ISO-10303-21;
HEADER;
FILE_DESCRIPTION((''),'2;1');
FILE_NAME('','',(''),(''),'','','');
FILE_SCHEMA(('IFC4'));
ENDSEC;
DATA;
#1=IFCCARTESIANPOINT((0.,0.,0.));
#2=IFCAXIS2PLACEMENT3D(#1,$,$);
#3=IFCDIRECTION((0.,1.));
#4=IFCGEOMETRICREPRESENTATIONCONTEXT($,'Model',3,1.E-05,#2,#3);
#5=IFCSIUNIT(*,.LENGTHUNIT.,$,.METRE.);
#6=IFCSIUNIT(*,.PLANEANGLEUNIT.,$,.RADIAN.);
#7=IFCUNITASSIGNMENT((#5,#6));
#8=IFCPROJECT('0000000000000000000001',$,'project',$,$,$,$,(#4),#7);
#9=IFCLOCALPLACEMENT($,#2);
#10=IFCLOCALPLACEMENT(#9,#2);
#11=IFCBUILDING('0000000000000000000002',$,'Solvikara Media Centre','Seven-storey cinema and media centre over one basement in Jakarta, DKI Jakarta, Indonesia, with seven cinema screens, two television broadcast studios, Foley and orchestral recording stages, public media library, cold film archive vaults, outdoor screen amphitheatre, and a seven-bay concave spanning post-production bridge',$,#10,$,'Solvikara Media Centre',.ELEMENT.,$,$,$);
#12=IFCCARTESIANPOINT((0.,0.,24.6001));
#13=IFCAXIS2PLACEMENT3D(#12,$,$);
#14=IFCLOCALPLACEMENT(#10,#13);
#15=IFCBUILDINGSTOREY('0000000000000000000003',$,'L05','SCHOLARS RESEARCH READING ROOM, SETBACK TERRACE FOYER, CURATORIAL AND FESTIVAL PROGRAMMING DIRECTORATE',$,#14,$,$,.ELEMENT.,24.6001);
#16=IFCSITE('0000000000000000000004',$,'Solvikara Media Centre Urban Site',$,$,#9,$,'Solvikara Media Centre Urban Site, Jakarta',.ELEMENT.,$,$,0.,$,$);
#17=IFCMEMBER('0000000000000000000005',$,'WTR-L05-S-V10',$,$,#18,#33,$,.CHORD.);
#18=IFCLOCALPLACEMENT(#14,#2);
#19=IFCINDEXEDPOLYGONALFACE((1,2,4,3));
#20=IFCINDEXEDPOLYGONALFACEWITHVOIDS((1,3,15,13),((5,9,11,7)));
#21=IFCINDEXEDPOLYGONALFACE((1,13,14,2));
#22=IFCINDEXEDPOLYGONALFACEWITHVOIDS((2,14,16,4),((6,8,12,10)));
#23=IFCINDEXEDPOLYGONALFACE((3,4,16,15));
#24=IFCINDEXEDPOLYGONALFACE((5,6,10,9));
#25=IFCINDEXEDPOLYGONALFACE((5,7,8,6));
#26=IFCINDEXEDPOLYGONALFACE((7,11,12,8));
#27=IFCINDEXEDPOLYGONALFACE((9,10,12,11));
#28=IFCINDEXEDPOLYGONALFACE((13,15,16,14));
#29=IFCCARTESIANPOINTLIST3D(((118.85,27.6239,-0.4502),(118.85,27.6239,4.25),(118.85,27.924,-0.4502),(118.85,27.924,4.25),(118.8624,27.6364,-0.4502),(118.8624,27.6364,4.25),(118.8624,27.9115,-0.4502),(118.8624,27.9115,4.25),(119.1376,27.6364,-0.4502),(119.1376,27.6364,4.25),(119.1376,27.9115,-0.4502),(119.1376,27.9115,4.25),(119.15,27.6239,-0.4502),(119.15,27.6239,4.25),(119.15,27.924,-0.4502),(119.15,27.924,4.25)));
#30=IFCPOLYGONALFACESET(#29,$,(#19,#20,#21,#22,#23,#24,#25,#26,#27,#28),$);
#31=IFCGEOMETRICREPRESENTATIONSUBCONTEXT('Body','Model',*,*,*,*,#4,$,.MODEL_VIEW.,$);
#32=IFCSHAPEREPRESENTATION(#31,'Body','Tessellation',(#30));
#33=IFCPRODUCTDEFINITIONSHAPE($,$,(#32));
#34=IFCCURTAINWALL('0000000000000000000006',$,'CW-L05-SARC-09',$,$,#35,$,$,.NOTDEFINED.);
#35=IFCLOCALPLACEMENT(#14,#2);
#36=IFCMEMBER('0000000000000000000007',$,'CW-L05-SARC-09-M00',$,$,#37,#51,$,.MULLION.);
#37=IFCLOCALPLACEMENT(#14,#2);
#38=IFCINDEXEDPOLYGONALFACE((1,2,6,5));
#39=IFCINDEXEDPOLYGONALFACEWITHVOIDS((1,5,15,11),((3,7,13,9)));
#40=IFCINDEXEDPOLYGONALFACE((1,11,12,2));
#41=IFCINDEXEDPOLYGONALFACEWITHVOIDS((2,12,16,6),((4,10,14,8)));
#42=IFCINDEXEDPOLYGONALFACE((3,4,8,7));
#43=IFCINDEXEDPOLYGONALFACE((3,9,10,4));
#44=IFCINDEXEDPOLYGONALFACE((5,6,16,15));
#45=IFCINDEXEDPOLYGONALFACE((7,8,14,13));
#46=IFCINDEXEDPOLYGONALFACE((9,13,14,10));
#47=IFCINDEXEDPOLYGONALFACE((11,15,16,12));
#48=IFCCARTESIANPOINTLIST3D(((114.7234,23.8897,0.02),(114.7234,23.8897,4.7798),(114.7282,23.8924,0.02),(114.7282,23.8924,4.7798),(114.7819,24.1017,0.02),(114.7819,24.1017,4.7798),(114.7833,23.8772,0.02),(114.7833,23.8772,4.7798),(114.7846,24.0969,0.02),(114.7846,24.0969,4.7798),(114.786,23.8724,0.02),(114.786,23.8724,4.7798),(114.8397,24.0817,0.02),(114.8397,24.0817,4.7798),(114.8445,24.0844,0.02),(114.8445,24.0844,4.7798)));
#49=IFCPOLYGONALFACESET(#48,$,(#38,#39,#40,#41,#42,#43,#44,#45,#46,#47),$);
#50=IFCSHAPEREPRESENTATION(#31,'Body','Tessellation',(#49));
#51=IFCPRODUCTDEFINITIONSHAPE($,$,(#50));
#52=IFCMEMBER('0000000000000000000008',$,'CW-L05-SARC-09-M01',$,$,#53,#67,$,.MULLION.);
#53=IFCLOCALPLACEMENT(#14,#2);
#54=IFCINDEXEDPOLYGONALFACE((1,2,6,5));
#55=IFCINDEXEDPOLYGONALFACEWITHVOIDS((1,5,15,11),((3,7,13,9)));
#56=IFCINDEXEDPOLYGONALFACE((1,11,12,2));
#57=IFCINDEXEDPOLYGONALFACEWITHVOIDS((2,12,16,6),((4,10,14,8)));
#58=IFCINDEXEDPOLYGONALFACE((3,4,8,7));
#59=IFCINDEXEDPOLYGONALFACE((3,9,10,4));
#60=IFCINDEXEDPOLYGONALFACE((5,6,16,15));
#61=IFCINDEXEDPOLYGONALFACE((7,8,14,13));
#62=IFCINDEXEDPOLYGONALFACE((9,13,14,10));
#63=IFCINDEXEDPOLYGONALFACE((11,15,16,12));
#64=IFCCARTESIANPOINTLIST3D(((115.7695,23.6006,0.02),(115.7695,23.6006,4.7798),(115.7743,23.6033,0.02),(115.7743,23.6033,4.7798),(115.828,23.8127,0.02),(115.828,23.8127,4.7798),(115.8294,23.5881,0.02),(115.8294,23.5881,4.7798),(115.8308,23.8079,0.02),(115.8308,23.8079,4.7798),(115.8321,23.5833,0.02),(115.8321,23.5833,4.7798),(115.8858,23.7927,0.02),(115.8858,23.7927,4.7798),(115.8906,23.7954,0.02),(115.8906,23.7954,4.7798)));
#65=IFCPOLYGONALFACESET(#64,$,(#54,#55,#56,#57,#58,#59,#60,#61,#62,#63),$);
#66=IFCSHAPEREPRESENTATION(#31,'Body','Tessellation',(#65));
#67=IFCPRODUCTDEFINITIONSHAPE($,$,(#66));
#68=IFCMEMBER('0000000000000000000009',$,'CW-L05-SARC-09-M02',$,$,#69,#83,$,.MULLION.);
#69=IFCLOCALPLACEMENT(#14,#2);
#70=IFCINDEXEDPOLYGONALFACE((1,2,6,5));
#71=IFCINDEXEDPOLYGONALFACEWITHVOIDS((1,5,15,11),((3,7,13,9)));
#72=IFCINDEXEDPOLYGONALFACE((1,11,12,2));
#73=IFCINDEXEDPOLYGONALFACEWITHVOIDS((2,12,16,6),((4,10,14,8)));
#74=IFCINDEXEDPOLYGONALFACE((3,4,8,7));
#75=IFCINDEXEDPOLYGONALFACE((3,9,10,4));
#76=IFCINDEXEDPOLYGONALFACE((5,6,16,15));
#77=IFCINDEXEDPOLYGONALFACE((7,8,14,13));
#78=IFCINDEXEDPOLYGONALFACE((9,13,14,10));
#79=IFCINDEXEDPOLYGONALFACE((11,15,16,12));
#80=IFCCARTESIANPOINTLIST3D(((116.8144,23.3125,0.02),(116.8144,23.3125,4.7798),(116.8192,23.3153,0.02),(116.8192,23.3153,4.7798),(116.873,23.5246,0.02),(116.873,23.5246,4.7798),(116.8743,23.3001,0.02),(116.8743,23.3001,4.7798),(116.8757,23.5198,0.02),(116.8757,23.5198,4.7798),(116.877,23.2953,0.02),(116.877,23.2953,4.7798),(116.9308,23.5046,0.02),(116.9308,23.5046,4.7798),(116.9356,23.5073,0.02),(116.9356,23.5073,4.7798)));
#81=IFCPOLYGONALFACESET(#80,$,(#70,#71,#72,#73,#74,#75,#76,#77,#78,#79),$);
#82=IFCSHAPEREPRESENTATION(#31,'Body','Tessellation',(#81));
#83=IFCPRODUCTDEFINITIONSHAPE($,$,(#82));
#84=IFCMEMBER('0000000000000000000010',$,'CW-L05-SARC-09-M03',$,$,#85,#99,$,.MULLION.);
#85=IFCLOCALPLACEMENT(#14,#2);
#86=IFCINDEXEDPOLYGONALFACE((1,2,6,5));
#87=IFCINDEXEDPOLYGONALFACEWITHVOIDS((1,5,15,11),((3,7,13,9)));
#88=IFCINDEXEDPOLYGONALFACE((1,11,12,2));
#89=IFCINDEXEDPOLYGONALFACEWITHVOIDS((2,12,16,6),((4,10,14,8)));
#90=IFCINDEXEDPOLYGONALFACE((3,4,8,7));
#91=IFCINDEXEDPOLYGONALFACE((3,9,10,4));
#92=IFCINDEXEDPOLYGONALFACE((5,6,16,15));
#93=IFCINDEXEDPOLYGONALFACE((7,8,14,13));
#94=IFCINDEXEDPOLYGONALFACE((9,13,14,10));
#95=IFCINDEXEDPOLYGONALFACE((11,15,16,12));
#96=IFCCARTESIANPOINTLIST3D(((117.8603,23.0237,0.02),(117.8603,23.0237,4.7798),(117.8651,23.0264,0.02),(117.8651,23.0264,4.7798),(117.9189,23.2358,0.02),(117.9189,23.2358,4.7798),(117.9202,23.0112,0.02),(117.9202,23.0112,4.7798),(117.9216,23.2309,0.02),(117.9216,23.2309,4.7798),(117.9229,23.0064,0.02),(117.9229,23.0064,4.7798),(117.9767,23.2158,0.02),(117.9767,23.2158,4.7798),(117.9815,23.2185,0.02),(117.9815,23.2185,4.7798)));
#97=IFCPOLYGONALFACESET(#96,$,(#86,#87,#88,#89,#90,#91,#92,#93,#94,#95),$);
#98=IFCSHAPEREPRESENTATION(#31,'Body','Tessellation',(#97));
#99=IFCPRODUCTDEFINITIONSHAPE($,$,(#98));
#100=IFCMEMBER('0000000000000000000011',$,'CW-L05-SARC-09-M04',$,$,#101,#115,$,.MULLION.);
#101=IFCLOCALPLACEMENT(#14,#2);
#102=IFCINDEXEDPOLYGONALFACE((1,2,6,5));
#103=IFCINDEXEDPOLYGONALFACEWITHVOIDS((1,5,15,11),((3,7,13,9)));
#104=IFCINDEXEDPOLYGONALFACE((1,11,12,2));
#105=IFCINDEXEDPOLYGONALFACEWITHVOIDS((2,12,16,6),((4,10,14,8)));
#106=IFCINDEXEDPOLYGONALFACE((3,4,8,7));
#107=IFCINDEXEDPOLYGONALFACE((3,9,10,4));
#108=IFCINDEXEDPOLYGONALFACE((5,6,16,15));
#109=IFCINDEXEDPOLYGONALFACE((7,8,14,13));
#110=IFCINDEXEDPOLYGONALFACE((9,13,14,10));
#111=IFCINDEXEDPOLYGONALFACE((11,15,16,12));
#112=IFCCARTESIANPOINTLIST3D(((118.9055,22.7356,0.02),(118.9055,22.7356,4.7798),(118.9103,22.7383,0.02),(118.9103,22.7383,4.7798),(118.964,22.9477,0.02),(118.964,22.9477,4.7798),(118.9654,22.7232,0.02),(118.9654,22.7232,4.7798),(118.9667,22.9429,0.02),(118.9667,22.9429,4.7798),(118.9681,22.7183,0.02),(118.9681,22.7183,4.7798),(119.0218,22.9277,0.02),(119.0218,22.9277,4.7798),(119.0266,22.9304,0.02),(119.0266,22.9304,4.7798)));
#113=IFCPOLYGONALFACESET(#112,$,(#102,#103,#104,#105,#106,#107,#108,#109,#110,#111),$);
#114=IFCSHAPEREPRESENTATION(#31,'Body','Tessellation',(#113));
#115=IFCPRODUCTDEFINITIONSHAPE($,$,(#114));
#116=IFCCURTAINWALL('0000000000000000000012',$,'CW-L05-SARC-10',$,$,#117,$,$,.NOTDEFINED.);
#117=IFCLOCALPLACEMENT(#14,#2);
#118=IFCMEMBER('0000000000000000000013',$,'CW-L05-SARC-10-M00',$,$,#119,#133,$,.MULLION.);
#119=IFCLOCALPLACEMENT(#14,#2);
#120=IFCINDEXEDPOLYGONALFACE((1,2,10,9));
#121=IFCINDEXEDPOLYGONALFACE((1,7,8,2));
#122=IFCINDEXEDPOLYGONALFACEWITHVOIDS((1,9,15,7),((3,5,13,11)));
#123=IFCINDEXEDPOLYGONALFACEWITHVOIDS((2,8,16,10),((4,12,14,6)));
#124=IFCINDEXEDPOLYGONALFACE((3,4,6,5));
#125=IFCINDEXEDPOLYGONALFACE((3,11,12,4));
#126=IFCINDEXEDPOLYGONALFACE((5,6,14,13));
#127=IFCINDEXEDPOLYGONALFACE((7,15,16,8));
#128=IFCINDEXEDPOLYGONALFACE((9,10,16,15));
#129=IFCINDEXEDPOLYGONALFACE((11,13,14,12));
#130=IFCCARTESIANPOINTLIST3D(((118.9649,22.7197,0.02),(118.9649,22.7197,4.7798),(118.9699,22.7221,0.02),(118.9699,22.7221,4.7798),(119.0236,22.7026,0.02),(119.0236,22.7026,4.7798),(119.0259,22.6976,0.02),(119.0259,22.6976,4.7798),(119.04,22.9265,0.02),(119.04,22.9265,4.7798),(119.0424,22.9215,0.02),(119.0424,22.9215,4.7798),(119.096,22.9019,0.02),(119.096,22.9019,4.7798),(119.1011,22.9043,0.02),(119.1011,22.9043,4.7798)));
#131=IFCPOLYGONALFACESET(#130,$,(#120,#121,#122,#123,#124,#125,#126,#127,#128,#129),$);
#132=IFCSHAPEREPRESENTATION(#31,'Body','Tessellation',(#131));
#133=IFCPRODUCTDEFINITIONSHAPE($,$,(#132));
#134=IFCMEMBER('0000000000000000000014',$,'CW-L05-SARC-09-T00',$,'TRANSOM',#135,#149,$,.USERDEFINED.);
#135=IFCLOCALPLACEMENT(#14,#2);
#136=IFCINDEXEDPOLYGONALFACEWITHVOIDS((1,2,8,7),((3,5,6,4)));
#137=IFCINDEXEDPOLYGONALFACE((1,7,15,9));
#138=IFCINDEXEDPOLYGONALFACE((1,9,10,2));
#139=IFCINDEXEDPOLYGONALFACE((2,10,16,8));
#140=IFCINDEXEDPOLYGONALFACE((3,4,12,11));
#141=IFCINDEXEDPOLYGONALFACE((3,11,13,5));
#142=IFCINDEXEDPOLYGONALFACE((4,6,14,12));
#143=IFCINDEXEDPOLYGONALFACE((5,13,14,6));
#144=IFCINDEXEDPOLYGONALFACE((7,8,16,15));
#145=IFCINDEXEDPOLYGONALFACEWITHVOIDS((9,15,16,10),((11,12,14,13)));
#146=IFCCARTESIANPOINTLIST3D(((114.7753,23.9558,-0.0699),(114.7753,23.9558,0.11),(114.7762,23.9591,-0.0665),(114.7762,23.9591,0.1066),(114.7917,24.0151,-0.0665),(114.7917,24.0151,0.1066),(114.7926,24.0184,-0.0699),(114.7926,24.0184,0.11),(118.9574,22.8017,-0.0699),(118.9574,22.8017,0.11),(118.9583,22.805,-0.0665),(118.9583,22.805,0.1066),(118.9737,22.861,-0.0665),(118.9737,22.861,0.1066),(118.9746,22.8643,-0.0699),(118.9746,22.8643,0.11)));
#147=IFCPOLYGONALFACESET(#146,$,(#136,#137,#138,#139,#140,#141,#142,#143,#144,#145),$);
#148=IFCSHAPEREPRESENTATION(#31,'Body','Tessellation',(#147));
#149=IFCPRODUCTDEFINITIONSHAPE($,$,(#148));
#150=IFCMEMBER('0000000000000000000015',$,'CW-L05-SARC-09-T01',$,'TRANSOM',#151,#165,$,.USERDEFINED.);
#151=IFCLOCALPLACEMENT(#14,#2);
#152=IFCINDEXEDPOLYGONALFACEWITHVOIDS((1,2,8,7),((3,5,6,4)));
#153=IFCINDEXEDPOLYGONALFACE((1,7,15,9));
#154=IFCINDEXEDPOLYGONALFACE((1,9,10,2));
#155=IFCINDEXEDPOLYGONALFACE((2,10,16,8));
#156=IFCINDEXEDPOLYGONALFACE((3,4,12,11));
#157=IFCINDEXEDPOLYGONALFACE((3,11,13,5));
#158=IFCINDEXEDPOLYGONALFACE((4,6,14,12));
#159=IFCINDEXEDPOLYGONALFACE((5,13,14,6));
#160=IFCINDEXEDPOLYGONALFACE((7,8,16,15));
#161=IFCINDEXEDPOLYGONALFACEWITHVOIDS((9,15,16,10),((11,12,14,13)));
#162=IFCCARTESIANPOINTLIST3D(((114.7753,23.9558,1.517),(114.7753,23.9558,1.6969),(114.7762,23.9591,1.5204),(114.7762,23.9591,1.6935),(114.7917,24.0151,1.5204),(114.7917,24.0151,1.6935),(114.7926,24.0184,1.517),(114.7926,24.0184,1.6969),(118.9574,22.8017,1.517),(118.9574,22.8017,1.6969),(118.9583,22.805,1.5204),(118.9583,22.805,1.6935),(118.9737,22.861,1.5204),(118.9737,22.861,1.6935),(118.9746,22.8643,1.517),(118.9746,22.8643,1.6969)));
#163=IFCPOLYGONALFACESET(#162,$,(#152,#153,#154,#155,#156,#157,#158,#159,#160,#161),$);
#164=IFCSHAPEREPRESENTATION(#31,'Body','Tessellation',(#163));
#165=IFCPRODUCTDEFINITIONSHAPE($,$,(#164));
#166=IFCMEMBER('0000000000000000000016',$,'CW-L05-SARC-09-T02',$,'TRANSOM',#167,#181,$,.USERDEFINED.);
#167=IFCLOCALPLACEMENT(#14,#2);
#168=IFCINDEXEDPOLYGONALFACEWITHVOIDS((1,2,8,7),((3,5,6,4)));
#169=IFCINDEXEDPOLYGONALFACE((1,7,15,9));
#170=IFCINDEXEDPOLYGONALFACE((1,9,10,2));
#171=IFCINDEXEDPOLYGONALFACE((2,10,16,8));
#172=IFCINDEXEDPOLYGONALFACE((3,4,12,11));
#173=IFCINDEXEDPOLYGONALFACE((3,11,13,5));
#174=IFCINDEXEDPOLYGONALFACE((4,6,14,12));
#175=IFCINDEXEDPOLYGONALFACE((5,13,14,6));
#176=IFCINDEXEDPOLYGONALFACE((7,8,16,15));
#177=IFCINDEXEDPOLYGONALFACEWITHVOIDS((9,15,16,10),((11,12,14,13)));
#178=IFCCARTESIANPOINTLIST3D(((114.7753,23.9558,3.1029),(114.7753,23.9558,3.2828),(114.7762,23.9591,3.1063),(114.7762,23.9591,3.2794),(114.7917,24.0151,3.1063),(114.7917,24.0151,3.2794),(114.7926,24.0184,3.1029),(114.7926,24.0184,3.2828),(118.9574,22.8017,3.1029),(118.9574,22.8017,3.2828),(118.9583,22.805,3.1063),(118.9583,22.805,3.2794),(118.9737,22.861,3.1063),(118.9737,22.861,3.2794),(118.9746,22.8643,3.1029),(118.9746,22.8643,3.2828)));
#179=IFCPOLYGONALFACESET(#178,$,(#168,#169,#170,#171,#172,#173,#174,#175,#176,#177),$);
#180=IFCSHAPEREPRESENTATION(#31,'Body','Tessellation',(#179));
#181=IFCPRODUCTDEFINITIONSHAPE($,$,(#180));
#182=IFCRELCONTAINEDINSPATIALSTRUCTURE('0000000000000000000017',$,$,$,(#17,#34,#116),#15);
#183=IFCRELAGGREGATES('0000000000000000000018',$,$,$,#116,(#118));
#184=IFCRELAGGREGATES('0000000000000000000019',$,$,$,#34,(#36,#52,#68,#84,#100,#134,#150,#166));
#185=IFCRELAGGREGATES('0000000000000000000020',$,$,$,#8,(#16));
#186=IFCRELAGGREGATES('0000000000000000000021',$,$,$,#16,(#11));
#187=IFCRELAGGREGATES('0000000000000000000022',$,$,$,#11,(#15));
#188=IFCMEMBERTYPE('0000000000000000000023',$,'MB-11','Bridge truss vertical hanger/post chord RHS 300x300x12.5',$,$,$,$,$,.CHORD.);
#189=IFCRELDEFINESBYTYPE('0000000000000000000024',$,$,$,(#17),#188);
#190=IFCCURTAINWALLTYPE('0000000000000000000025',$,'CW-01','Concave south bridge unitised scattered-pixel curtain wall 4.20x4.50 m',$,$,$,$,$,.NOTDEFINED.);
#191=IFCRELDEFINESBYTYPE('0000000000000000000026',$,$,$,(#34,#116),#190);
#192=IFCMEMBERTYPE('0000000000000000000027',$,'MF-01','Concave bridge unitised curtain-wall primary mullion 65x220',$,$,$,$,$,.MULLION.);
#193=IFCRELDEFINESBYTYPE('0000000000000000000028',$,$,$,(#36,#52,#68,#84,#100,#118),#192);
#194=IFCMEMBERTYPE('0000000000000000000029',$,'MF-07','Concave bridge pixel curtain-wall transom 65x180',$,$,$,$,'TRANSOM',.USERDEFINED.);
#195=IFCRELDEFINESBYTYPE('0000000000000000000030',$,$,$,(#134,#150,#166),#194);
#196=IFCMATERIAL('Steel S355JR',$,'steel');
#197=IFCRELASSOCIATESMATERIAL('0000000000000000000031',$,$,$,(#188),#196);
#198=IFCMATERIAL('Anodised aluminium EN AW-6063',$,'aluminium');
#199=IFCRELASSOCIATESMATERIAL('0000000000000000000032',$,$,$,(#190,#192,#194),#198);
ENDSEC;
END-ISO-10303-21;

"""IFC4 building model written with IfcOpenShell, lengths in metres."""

from ifc_helpers import new_model, si_unit, direction, frame, origin, origin_2d, place, context, subcontext, project, spatial, hollow_rectangle, extrude, material, material_profile, profile_set, type_object, element, aggregate, save


model = new_model("IFC4")

# Units and contexts
model_context = context("Model", 3, precision=1e-05, world=origin(), true_north=direction((0.0, 1.0)))
body_context = subcontext(model_context, "Body", "Model", "MODEL_VIEW")
ifc_project = project(units=[si_unit("LENGTHUNIT", "METRE"), si_unit("PLANEANGLEUNIT", "RADIAN")], contexts=[model_context])

# Site, building, storey
site_placement = place(None, origin())
site = spatial("IfcSite", under=ifc_project, at=site_placement, Name="Solvikara Media Centre Urban Site", LongName="Solvikara Media Centre Urban Site, Jakarta", CompositionType="ELEMENT", RefElevation=0.0)
building_placement = place(site_placement, origin())
building = spatial("IfcBuilding", under=site, at=building_placement, Name="Solvikara Media Centre", Description="Seven-storey cinema and media centre over one basement in Jakarta, DKI Jakarta, Indonesia, with seven cinema screens, two television broadcast studios, Foley and orchestral recording stages, public media library, cold film archive vaults, outdoor screen amphitheatre, and a seven-bay concave spanning post-production bridge", LongName="Solvikara Media Centre", CompositionType="ELEMENT")
storey_placement = place(building_placement, frame((0.0, 0.0, 24.6001)))
storey = spatial("IfcBuildingStorey", under=building, at=storey_placement, Name="L05", Description="SCHOLARS RESEARCH READING ROOM, SETBACK TERRACE FOYER, CURATORIAL AND FESTIVAL PROGRAMMING DIRECTORATE", CompositionType="ELEMENT", Elevation=24.6001)

# Shared definitions
ifc_material_1 = material(Name="Steel S355JR", Category="steel")

# Member
ifc_material_profile_1 = material_profile(ifc_material_1, hollow_rectangle(XDim=0.3, YDim=0.3, WallThickness=0.0125, at=origin_2d()), Name="RHS 300x300x12.5")
ifc_profile_set_1 = profile_set([ifc_material_profile_1], Name="Steel S355JR")
member_type_1 = type_object("IfcMemberType", Name="MB-11", Description="Bridge truss vertical hanger/post chord RHS 300x300x12.5", PredefinedType="CHORD", material=ifc_profile_set_1)
member_1_placement = place(storey_placement, frame((119.0, 27.7739, -0.4502), z_axis=(0.0, 0.0, 1.0), x_axis=(1.0, 0.0, 0.0)))
element("IfcMember", 1, at=member_1_placement, inside=storey, type_object=member_type_1, Name="WTR-L05-S-V10", PredefinedType="CHORD", context=body_context, shape_type="SweptSolid", body=[
    extrude(hollow_rectangle(XDim=0.3, YDim=0.3, WallThickness=0.0125, at=origin_2d()), origin(), (0.0, 0.0, 1.0), 4.7002),
])

# Curtain wall, members
ifc_material_2 = material(Name="Anodised aluminium EN AW-6063", Category="aluminium")
curtain_wall_type = type_object("IfcCurtainWallType", Name="CW-01", Description="Concave south bridge unitised scattered-pixel curtain wall 4.20x4.50 m", PredefinedType="NOTDEFINED", material=ifc_material_2)
curtain_wall_1_placement = place(storey_placement, origin())
curtain_wall_1 = element("IfcCurtainWall", 2, at=curtain_wall_1_placement, inside=storey, type_object=curtain_wall_type, Name="CW-L05-SARC-09", PredefinedType="NOTDEFINED")
ifc_material_profile_2 = material_profile(ifc_material_2, hollow_rectangle(XDim=0.0649, YDim=0.22, WallThickness=0.0039, at=origin_2d()), Name="ALU-M 65x220x4")
ifc_profile_set_2 = profile_set([ifc_material_profile_2], Name="Anodised aluminium EN AW-6063")
member_type_2 = type_object("IfcMemberType", Name="MF-01", Description="Concave bridge unitised curtain-wall primary mullion 65x220", PredefinedType="MULLION", material=ifc_profile_set_2)
member_2_placement = place(storey_placement, frame((114.7839, 23.9871, 0.02), z_axis=(0.0, 0.0, 1.0), x_axis=(0.96397, -0.26601, 0.0)))
member_2 = element("IfcMember", 3, at=member_2_placement, type_object=member_type_2, Name="CW-L05-SARC-09-M00", PredefinedType="MULLION", context=body_context, shape_type="SweptSolid", body=[
    extrude(hollow_rectangle(XDim=0.0649, YDim=0.22, WallThickness=0.0039, at=origin_2d()), origin(), (0.0, 0.0, 1.0), 4.7598),
])
member_3_placement = place(storey_placement, frame((115.8301, 23.698, 0.02), z_axis=(0.0, 0.0, 1.0), x_axis=(0.96397, -0.26601, 0.0)))
member_3 = element("IfcMember", 4, at=member_3_placement, type_object=member_type_2, Name="CW-L05-SARC-09-M01", PredefinedType="MULLION", context=body_context, shape_type="SweptSolid", body=[
    extrude(hollow_rectangle(XDim=0.0649, YDim=0.22, WallThickness=0.0039, at=origin_2d()), origin(), (0.0, 0.0, 1.0), 4.7598),
])
member_4_placement = place(storey_placement, frame((116.875, 23.4099, 0.02), z_axis=(0.0, 0.0, 1.0), x_axis=(0.96397, -0.26601, 0.0)))
member_4 = element("IfcMember", 5, at=member_4_placement, type_object=member_type_2, Name="CW-L05-SARC-09-M02", PredefinedType="MULLION", context=body_context, shape_type="SweptSolid", body=[
    extrude(hollow_rectangle(XDim=0.0649, YDim=0.22, WallThickness=0.0039, at=origin_2d()), origin(), (0.0, 0.0, 1.0), 4.7598),
])
member_5_placement = place(storey_placement, frame((117.9209, 23.1211, 0.02), z_axis=(0.0, 0.0, 1.0), x_axis=(0.96397, -0.26601, 0.0)))
member_5 = element("IfcMember", 6, at=member_5_placement, type_object=member_type_2, Name="CW-L05-SARC-09-M03", PredefinedType="MULLION", context=body_context, shape_type="SweptSolid", body=[
    extrude(hollow_rectangle(XDim=0.0649, YDim=0.22, WallThickness=0.0039, at=origin_2d()), origin(), (0.0, 0.0, 1.0), 4.7598),
])
member_6_placement = place(storey_placement, frame((118.9661, 22.833, 0.02), z_axis=(0.0, 0.0, 1.0), x_axis=(0.96397, -0.26601, 0.0)))
member_6 = element("IfcMember", 7, at=member_6_placement, type_object=member_type_2, Name="CW-L05-SARC-09-M04", PredefinedType="MULLION", context=body_context, shape_type="SweptSolid", body=[
    extrude(hollow_rectangle(XDim=0.0649, YDim=0.22, WallThickness=0.0039, at=origin_2d()), origin(), (0.0, 0.0, 1.0), 4.7598),
])

# Curtain wall, member
curtain_wall_2_placement = place(storey_placement, origin())
curtain_wall_2 = element("IfcCurtainWall", 8, at=curtain_wall_2_placement, inside=storey, type_object=curtain_wall_type, Name="CW-L05-SARC-10", PredefinedType="NOTDEFINED")
member_7_placement = place(storey_placement, frame((119.033, 22.812, 0.02), z_axis=(0.0, 0.0, 1.0), x_axis=(0.939824, -0.341659, 0.0)))
member_7 = element("IfcMember", 9, at=member_7_placement, type_object=member_type_2, Name="CW-L05-SARC-10-M00", PredefinedType="MULLION", context=body_context, shape_type="SweptSolid", body=[
    extrude(hollow_rectangle(XDim=0.0649, YDim=0.22, WallThickness=0.0039, at=origin_2d()), origin(), (0.0, 0.0, 1.0), 4.7598),
])

# Members
ifc_material_profile_3 = material_profile(ifc_material_2, hollow_rectangle(XDim=0.0649, YDim=0.1799, WallThickness=0.0034, at=origin_2d()), Name="ALU-T 65x180x3.5")
ifc_profile_set_3 = profile_set([ifc_material_profile_3], Name="Anodised aluminium EN AW-6063")
member_type_3 = type_object("IfcMemberType", Name="MF-07", Description="Concave bridge pixel curtain-wall transom 65x180", ElementType="TRANSOM", PredefinedType="USERDEFINED", material=ifc_profile_set_3)
member_8_placement = place(storey_placement, frame((114.7839, 23.9871, 0.02), z_axis=(0.963971, -0.266007, 0.0), x_axis=(0.266007, 0.963971, 0.0)))
member_8 = element("IfcMember", 10, at=member_8_placement, type_object=member_type_3, Name="CW-L05-SARC-09-T00", ObjectType="TRANSOM", PredefinedType="USERDEFINED", context=body_context, shape_type="SweptSolid", body=[
    extrude(hollow_rectangle(XDim=0.0649, YDim=0.1799, WallThickness=0.0034, at=origin_2d()), origin(), (0.0, 0.0, 1.0), 4.3384),
])
member_9_placement = place(storey_placement, frame((114.7839, 23.9871, 1.6069), z_axis=(0.963971, -0.266007, 0.0), x_axis=(0.266007, 0.963971, 0.0)))
member_9 = element("IfcMember", 11, at=member_9_placement, type_object=member_type_3, Name="CW-L05-SARC-09-T01", ObjectType="TRANSOM", PredefinedType="USERDEFINED", context=body_context, shape_type="SweptSolid", body=[
    extrude(hollow_rectangle(XDim=0.0649, YDim=0.1799, WallThickness=0.0034, at=origin_2d()), origin(), (0.0, 0.0, 1.0), 4.3384),
])
member_10_placement = place(storey_placement, frame((114.7839, 23.9871, 3.1929), z_axis=(0.963971, -0.266007, 0.0), x_axis=(0.266007, 0.963971, 0.0)))
member_10 = element("IfcMember", 12, at=member_10_placement, type_object=member_type_3, Name="CW-L05-SARC-09-T02", ObjectType="TRANSOM", PredefinedType="USERDEFINED", context=body_context, shape_type="SweptSolid", body=[
    extrude(hollow_rectangle(XDim=0.0649, YDim=0.1799, WallThickness=0.0034, at=origin_2d()), origin(), (0.0, 0.0, 1.0), 4.3384),
])
aggregate(curtain_wall_2, [member_7])

aggregate(curtain_wall_1, [member_2, member_3, member_4, member_5, member_6, member_8, member_9, member_10])

save(model, "model.ifc")
